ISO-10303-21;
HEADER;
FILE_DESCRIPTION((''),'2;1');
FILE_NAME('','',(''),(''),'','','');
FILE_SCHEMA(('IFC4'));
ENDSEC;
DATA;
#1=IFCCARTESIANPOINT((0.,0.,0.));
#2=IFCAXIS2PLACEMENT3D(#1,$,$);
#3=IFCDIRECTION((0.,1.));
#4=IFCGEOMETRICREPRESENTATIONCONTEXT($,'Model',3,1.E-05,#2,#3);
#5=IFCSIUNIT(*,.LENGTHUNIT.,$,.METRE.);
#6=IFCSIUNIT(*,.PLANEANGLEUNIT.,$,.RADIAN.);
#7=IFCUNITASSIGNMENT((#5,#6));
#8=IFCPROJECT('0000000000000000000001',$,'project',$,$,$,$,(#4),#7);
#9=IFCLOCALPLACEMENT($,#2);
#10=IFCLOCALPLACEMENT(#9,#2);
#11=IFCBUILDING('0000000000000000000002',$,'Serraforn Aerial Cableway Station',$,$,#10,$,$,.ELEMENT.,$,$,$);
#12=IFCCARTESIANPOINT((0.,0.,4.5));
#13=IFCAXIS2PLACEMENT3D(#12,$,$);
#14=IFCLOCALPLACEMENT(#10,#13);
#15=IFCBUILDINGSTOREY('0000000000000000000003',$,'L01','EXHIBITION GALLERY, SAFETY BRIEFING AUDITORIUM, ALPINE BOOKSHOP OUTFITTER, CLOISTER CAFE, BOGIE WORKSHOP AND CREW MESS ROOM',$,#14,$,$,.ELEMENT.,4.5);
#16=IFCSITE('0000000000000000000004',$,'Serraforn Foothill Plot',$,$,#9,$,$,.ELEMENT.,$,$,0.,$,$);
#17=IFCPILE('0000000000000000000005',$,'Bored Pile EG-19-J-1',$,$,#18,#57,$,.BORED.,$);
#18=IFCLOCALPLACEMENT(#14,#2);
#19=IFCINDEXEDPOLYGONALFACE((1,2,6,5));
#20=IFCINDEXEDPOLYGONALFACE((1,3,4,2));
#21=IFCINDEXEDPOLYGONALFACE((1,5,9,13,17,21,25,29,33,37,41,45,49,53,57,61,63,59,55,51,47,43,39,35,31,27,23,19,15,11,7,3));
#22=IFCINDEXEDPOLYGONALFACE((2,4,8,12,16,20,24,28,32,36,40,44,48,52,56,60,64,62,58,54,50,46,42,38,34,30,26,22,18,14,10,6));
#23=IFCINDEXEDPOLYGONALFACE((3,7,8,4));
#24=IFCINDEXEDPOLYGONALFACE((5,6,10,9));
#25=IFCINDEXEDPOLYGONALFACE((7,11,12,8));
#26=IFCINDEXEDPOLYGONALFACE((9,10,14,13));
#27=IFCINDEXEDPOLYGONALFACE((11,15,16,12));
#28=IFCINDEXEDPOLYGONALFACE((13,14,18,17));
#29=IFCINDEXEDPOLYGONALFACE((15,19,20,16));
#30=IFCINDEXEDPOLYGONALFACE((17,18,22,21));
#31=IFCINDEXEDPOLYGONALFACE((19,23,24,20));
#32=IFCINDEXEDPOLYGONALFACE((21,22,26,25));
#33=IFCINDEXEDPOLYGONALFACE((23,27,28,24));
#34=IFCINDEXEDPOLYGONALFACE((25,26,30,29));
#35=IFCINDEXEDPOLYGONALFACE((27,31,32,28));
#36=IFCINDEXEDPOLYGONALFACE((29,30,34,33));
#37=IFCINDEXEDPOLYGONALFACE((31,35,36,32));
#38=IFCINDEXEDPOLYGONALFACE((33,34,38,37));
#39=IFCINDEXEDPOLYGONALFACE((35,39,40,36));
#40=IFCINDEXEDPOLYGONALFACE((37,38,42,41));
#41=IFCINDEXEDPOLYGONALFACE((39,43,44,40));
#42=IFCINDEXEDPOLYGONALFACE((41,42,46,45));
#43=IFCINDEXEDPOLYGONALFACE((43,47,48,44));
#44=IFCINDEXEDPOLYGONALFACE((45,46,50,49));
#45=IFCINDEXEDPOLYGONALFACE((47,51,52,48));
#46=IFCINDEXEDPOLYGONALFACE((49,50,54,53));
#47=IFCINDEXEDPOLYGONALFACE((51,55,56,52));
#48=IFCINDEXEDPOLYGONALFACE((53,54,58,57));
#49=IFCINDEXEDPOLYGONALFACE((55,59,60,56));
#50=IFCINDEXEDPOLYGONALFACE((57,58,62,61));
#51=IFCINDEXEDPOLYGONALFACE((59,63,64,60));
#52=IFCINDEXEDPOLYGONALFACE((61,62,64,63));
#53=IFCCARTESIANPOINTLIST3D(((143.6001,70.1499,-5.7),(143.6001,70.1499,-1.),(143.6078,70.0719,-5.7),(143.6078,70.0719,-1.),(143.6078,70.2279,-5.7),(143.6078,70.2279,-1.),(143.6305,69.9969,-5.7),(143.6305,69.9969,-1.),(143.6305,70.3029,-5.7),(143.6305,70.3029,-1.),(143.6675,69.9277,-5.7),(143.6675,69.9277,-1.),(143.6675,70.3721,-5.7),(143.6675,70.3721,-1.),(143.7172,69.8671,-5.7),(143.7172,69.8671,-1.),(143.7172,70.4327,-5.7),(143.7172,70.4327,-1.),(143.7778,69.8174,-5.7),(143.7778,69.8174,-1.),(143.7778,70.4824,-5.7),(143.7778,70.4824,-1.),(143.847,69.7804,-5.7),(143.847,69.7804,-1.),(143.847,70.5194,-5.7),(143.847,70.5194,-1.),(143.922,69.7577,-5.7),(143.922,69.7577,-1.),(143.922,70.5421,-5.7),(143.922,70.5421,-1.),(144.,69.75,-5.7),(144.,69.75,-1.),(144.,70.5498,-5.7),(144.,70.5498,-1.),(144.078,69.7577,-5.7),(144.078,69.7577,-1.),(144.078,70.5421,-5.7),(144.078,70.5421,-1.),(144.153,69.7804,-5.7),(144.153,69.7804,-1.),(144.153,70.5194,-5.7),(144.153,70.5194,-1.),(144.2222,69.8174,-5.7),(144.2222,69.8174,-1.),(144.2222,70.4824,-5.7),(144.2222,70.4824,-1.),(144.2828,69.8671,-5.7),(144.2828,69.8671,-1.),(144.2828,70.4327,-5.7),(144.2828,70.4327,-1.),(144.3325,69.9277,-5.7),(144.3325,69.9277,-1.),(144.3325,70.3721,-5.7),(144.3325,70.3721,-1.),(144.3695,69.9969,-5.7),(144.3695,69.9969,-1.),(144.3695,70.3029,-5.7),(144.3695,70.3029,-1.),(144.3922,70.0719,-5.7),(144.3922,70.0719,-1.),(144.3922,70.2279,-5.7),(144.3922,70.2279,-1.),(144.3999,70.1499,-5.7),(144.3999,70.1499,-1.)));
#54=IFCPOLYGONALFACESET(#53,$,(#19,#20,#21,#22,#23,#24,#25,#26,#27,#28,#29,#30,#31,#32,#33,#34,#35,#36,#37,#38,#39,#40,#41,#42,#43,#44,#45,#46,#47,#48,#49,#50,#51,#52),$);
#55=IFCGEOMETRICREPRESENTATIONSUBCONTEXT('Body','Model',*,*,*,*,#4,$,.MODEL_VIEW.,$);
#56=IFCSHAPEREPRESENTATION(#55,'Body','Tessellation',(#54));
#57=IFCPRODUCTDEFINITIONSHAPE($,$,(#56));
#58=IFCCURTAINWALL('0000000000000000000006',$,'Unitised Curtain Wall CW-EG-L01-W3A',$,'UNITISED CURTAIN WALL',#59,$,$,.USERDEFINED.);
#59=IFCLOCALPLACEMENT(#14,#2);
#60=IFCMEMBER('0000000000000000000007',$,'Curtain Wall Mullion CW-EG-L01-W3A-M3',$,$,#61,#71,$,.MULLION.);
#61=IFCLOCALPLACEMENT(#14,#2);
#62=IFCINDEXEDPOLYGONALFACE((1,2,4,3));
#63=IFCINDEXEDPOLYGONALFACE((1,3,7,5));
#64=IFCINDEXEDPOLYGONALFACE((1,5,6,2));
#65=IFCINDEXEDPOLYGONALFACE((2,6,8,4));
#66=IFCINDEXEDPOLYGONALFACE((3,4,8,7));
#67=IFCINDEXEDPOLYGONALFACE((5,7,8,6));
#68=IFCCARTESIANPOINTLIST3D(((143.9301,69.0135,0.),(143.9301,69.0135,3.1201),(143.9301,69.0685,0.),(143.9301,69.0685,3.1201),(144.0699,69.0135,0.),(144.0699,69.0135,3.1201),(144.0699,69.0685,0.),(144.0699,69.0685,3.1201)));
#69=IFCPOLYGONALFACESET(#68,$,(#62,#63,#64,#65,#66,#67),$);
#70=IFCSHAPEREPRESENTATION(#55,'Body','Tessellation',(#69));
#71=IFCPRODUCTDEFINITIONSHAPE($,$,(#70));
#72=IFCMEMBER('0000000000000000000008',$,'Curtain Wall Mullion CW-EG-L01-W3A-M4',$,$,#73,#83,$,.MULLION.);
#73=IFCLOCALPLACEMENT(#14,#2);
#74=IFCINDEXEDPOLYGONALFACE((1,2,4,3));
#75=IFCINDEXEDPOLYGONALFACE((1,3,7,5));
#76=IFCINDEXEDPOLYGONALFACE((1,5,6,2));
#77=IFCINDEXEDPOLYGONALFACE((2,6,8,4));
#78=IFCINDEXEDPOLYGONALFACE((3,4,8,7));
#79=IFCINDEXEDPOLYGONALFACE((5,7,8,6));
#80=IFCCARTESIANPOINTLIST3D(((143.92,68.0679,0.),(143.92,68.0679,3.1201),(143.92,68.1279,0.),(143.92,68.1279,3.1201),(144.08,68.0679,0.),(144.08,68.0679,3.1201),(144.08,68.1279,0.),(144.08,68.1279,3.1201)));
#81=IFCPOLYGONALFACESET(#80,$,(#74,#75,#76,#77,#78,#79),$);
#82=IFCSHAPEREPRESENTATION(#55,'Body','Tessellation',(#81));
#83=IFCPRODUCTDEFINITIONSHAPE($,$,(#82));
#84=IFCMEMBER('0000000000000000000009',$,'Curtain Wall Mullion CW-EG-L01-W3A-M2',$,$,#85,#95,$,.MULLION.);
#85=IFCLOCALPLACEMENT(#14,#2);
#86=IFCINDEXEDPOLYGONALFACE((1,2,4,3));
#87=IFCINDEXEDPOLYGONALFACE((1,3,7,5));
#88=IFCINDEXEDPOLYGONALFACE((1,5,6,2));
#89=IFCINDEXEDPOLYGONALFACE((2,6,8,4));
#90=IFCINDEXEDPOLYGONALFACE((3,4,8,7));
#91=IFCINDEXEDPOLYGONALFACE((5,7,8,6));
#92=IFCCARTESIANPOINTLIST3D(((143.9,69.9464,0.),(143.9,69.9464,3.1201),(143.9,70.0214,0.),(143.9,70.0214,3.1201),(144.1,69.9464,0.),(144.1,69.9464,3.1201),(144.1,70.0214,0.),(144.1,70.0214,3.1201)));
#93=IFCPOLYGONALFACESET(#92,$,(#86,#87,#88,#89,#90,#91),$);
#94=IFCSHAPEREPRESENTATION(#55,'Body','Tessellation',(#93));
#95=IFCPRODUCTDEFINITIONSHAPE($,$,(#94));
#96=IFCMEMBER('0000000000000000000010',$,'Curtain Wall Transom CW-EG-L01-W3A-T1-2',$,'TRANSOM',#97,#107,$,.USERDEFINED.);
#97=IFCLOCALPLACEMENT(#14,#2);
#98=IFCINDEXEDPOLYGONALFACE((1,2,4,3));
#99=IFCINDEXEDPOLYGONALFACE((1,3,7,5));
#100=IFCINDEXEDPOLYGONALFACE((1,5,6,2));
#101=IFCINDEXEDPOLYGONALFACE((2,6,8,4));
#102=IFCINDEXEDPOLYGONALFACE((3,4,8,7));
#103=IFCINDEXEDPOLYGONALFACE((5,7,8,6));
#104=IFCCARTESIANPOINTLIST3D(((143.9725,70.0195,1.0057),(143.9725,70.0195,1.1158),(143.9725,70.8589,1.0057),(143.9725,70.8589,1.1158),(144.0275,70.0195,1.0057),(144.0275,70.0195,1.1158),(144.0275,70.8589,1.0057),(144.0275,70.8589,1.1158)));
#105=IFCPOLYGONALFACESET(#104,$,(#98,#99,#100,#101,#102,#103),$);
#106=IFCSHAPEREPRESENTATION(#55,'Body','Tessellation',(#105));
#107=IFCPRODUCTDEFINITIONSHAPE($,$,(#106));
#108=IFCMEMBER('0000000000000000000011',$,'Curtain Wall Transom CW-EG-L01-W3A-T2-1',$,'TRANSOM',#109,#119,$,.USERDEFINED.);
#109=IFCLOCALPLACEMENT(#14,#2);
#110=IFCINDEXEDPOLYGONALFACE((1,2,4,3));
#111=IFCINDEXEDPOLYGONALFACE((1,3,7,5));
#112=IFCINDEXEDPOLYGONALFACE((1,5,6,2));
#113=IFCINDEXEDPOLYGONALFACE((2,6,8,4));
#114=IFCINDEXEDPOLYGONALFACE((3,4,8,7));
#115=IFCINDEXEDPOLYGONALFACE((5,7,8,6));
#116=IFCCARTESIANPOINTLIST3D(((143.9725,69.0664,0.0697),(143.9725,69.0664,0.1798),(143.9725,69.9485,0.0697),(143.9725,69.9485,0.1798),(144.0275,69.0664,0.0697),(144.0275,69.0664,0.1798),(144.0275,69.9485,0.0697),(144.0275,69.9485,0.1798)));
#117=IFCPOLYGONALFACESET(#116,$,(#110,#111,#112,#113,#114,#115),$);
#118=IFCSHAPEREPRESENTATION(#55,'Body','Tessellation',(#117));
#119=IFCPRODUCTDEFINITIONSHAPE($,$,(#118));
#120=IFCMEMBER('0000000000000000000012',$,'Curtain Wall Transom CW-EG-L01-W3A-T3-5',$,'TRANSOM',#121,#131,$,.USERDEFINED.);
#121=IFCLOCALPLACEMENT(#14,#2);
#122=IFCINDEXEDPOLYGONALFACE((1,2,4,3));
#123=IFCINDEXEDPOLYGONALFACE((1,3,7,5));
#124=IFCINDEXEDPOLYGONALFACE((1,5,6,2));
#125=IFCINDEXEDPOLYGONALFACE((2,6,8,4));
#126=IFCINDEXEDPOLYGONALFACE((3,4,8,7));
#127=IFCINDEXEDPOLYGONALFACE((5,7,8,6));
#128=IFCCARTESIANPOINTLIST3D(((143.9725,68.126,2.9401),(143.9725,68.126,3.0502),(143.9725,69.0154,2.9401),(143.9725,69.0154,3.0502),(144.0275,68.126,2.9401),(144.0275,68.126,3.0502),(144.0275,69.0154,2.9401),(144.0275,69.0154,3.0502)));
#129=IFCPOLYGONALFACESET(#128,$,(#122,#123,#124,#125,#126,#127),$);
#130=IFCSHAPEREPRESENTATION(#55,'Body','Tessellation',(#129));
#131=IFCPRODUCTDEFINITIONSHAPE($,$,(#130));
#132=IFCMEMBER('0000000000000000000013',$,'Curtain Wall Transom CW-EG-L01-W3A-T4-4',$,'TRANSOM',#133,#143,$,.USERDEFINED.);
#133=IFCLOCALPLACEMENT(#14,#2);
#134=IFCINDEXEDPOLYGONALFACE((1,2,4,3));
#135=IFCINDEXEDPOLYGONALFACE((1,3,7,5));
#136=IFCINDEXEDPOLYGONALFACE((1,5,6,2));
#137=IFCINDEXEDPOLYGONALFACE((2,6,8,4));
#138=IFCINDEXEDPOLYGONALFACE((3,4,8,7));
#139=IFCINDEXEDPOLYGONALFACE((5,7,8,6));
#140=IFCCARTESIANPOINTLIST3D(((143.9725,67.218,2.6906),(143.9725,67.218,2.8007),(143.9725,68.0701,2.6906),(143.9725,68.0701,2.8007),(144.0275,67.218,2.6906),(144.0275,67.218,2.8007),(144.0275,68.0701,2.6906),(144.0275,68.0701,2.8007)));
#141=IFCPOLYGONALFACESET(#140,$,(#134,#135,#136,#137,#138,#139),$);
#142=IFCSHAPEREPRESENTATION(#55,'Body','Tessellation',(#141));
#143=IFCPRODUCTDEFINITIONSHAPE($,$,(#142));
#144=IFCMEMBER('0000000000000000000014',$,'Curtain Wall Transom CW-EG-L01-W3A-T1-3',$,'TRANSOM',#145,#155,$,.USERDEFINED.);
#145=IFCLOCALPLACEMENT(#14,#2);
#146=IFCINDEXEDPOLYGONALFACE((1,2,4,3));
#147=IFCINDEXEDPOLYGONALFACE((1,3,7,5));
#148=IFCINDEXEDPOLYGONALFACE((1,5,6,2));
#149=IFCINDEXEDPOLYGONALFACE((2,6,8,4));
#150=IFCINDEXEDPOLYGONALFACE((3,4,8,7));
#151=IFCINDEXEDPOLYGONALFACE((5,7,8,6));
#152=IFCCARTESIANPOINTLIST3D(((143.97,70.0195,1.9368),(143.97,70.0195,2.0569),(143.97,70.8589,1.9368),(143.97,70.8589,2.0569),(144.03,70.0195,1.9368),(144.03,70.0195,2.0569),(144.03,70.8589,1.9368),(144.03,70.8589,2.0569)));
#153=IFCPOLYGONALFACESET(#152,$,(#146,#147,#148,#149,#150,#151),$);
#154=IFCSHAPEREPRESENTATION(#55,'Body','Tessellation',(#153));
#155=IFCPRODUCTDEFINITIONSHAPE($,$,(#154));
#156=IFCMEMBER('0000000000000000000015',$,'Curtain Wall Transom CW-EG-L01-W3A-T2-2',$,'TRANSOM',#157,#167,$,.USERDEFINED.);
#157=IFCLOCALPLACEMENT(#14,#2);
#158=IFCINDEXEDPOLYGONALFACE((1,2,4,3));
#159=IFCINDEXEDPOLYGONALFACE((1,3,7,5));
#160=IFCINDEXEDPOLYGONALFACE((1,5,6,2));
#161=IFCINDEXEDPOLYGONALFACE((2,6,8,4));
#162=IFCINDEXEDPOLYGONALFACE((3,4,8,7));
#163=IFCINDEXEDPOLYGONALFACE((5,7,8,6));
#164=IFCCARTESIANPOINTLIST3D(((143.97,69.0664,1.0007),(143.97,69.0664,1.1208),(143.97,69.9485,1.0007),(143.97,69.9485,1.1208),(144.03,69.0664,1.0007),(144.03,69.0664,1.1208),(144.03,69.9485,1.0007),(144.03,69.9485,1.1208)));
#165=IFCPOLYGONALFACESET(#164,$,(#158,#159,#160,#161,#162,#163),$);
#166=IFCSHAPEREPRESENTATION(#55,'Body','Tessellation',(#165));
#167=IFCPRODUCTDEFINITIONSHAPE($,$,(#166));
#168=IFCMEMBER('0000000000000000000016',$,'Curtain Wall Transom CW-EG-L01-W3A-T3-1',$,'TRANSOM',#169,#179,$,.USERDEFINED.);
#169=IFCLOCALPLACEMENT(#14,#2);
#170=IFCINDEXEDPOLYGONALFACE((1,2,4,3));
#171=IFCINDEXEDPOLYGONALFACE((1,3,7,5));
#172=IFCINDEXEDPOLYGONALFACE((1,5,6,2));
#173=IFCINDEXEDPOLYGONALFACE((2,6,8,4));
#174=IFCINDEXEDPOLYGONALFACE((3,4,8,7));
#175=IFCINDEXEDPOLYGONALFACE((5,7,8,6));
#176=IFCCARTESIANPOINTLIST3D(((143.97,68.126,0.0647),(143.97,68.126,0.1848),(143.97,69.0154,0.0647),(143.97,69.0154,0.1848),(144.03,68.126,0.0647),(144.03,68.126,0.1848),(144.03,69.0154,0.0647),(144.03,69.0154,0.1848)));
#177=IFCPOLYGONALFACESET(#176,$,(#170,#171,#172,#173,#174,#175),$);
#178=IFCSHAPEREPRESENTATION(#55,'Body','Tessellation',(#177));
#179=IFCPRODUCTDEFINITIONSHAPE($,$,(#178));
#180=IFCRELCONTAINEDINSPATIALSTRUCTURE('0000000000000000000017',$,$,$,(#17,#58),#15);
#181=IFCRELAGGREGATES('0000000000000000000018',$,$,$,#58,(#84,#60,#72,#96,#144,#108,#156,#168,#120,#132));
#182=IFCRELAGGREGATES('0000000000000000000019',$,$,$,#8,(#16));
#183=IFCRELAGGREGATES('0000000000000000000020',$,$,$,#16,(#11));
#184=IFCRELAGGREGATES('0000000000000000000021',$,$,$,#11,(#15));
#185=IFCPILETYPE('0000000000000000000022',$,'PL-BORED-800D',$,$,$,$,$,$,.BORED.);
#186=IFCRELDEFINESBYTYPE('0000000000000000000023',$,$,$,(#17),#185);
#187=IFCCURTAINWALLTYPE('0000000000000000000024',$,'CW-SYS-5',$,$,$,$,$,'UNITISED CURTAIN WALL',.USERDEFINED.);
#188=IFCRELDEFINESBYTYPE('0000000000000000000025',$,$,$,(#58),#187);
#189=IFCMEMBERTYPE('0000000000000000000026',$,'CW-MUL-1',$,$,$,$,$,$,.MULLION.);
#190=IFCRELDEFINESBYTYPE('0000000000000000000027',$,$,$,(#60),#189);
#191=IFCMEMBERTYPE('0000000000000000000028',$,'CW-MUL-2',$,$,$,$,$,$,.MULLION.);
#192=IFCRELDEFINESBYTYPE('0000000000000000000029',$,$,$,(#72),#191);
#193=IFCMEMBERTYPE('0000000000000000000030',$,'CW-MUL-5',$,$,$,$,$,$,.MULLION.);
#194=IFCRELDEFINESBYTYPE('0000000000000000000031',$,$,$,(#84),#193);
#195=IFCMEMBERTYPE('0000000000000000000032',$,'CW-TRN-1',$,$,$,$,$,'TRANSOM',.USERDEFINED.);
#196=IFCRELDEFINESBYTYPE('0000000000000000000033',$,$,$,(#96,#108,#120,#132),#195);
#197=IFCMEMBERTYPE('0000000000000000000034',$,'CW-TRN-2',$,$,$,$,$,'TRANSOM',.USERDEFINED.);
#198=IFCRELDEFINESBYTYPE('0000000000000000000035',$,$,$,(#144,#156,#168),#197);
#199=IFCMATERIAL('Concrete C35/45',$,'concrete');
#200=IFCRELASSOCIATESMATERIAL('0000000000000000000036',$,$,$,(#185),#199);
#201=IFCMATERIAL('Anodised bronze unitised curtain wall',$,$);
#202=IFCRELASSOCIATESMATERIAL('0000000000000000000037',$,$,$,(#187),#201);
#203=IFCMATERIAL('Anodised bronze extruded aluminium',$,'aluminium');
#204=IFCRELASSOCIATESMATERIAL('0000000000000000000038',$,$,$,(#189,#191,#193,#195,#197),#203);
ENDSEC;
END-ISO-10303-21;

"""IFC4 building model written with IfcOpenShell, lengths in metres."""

from ifc_helpers import new_model, si_unit, direction, frame, origin, origin_2d, place, context, subcontext, project, spatial, rectangle, circle, extrude, material, material_profile, profile_set, type_object, element, aggregate, save


model = new_model("IFC4")

# Units and contexts
model_context = context("Model", 3, precision=1e-05, world=origin(), true_north=direction((0.0, 1.0)))
body_context = subcontext(model_context, "Body", "Model", "MODEL_VIEW")
ifc_project = project(units=[si_unit("LENGTHUNIT", "METRE"), si_unit("PLANEANGLEUNIT", "RADIAN")], contexts=[model_context])

# Site, building, storey
site_placement = place(None, origin())
site = spatial("IfcSite", under=ifc_project, at=site_placement, Name="Serraforn Foothill Plot", CompositionType="ELEMENT", RefElevation=0.0)
building_placement = place(site_placement, origin())
building = spatial("IfcBuilding", under=site, at=building_placement, Name="Serraforn Aerial Cableway Station", CompositionType="ELEMENT")
storey_placement = place(building_placement, frame((0.0, 0.0, 4.5)))
storey = spatial("IfcBuildingStorey", under=building, at=storey_placement, Name="L01", Description="EXHIBITION GALLERY, SAFETY BRIEFING AUDITORIUM, ALPINE BOOKSHOP OUTFITTER, CLOISTER CAFE, BOGIE WORKSHOP AND CREW MESS ROOM", CompositionType="ELEMENT", Elevation=4.5)

# Pile
ifc_material_1 = material(Name="Concrete C35/45", Category="concrete")
ifc_material_profile_1 = material_profile(ifc_material_1, circle(Radius=0.3999, at=origin_2d()), Name="BORED PILE D800")
ifc_profile_set_1 = profile_set([ifc_material_profile_1], Name="Concrete C35/45")
pile_type = type_object("IfcPileType", Name="PL-BORED-800D", PredefinedType="BORED", material=ifc_profile_set_1)
pile_placement = place(storey_placement, frame((144.0, 70.1499, -1.0), z_axis=(0.0, 0.0, -1.0), x_axis=(1.0, 0.0, 0.0)))
element("IfcPile", 1, at=pile_placement, inside=storey, type_object=pile_type, Name="Bored Pile EG-19-J-1", PredefinedType="BORED", context=body_context, shape_type="SweptSolid", body=[
    extrude(circle(Radius=0.3999, at=origin_2d()), origin(), (0.0, 0.0, 1.0), 4.7),
])

# Curtain wall, members
ifc_material_2 = material(Name="Anodised bronze unitised curtain wall")
curtain_wall_type = type_object("IfcCurtainWallType", Name="CW-SYS-5", ElementType="UNITISED CURTAIN WALL", PredefinedType="USERDEFINED", material=ifc_material_2)
curtain_wall_placement = place(storey_placement, origin())
curtain_wall = element("IfcCurtainWall", 2, at=curtain_wall_placement, inside=storey, type_object=curtain_wall_type, Name="Unitised Curtain Wall CW-EG-L01-W3A", ObjectType="UNITISED CURTAIN WALL", PredefinedType="USERDEFINED")
ifc_material_3 = material(Name="Anodised bronze extruded aluminium", Category="aluminium")
ifc_material_profile_2 = material_profile(ifc_material_3, rectangle(XDim=0.0549, YDim=0.1399, at=origin_2d()), Name="CW MULLION 55x140")
ifc_profile_set_2 = profile_set([ifc_material_profile_2], Name="Anodised bronze extruded aluminium")
member_type_1 = type_object("IfcMemberType", Name="CW-MUL-1", PredefinedType="MULLION", material=ifc_profile_set_2)
member_1_placement = place(storey_placement, frame((144.0, 69.041, 0.0), z_axis=(0.0, 0.0, 1.0), x_axis=(0.0, -1.0, 0.0)))
member_1 = element("IfcMember", 3, at=member_1_placement, type_object=member_type_1, Name="Curtain Wall Mullion CW-EG-L01-W3A-M3", PredefinedType="MULLION", context=body_context, shape_type="SweptSolid", body=[
    extrude(rectangle(XDim=0.0549, YDim=0.1399, at=origin_2d()), origin(), (0.0, 0.0, 1.0), 3.1201),
])
ifc_material_profile_3 = material_profile(ifc_material_3, rectangle(XDim=0.0601, YDim=0.1599, at=origin_2d()), Name="CW MULLION 60x160")
ifc_profile_set_3 = profile_set([ifc_material_profile_3], Name="Anodised bronze extruded aluminium")
member_type_2 = type_object("IfcMemberType", Name="CW-MUL-2", PredefinedType="MULLION", material=ifc_profile_set_3)
member_2_placement = place(storey_placement, frame((144.0, 68.0979, 0.0), z_axis=(0.0, 0.0, 1.0), x_axis=(0.0, -1.0, 0.0)))
member_2 = element("IfcMember", 4, at=member_2_placement, type_object=member_type_2, Name="Curtain Wall Mullion CW-EG-L01-W3A-M4", PredefinedType="MULLION", context=body_context, shape_type="SweptSolid", body=[
    extrude(rectangle(XDim=0.0601, YDim=0.1599, at=origin_2d()), origin(), (0.0, 0.0, 1.0), 3.1201),
])
ifc_material_profile_4 = material_profile(ifc_material_3, rectangle(XDim=0.075, YDim=0.2, at=origin_2d()), Name="CW MULLION 75x200")
ifc_profile_set_4 = profile_set([ifc_material_profile_4], Name="Anodised bronze extruded aluminium")
member_type_3 = type_object("IfcMemberType", Name="CW-MUL-5", PredefinedType="MULLION", material=ifc_profile_set_4)
member_3_placement = place(storey_placement, frame((144.0, 69.9839, 0.0), z_axis=(0.0, 0.0, 1.0), x_axis=(0.0, -1.0, 0.0)))
member_3 = element("IfcMember", 5, at=member_3_placement, type_object=member_type_3, Name="Curtain Wall Mullion CW-EG-L01-W3A-M2", PredefinedType="MULLION", context=body_context, shape_type="SweptSolid", body=[
    extrude(rectangle(XDim=0.075, YDim=0.2, at=origin_2d()), origin(), (0.0, 0.0, 1.0), 3.1201),
])
ifc_material_profile_5 = material_profile(ifc_material_3, rectangle(XDim=0.0549, YDim=0.1101, at=origin_2d()), Name="CW TRANSOM 55x110")
ifc_profile_set_5 = profile_set([ifc_material_profile_5], Name="Anodised bronze extruded aluminium")
member_type_4 = type_object("IfcMemberType", Name="CW-TRN-1", ElementType="TRANSOM", PredefinedType="USERDEFINED", material=ifc_profile_set_5)
member_4_placement = place(storey_placement, frame((144.0, 70.8589, 1.0608), z_axis=(0.0, -1.0, 0.0), x_axis=(1.0, 0.0, 0.0)))
member_4 = element("IfcMember", 6, at=member_4_placement, type_object=member_type_4, Name="Curtain Wall Transom CW-EG-L01-W3A-T1-2", ObjectType="TRANSOM", PredefinedType="USERDEFINED", context=body_context, shape_type="SweptSolid", body=[
    extrude(rectangle(XDim=0.0549, YDim=0.1101, at=origin_2d()), origin(), (0.0, 0.0, 1.0), 0.8394),
])
member_5_placement = place(storey_placement, frame((144.0, 69.9485, 0.1248), z_axis=(0.0, -1.0, 0.0), x_axis=(1.0, 0.0, 0.0)))
member_5 = element("IfcMember", 7, at=member_5_placement, type_object=member_type_4, Name="Curtain Wall Transom CW-EG-L01-W3A-T2-1", ObjectType="TRANSOM", PredefinedType="USERDEFINED", context=body_context, shape_type="SweptSolid", body=[
    extrude(rectangle(XDim=0.0549, YDim=0.1101, at=origin_2d()), origin(), (0.0, 0.0, 1.0), 0.8821),
])
member_6_placement = place(storey_placement, frame((144.0, 69.0154, 2.9951), z_axis=(0.0, -1.0, 0.0), x_axis=(1.0, 0.0, 0.0)))
member_6 = element("IfcMember", 8, at=member_6_placement, type_object=member_type_4, Name="Curtain Wall Transom CW-EG-L01-W3A-T3-5", ObjectType="TRANSOM", PredefinedType="USERDEFINED", context=body_context, shape_type="SweptSolid", body=[
    extrude(rectangle(XDim=0.0549, YDim=0.1101, at=origin_2d()), origin(), (0.0, 0.0, 1.0), 0.8894),
])
member_7_placement = place(storey_placement, frame((144.0, 68.0701, 2.7456), z_axis=(0.0, -1.0, 0.0), x_axis=(1.0, 0.0, 0.0)))
member_7 = element("IfcMember", 9, at=member_7_placement, type_object=member_type_4, Name="Curtain Wall Transom CW-EG-L01-W3A-T4-4", ObjectType="TRANSOM", PredefinedType="USERDEFINED", context=body_context, shape_type="SweptSolid", body=[
    extrude(rectangle(XDim=0.0549, YDim=0.1101, at=origin_2d()), origin(), (0.0, 0.0, 1.0), 0.8521),
])
ifc_material_profile_6 = material_profile(ifc_material_3, rectangle(XDim=0.0601, YDim=0.1201, at=origin_2d()), Name="CW TRANSOM 60x120")
ifc_profile_set_6 = profile_set([ifc_material_profile_6], Name="Anodised bronze extruded aluminium")
member_type_5 = type_object("IfcMemberType", Name="CW-TRN-2", ElementType="TRANSOM", PredefinedType="USERDEFINED", material=ifc_profile_set_6)
member_8_placement = place(storey_placement, frame((144.0, 70.8589, 1.9968), z_axis=(0.0, -1.0, 0.0), x_axis=(1.0, 0.0, 0.0)))
member_8 = element("IfcMember", 10, at=member_8_placement, type_object=member_type_5, Name="Curtain Wall Transom CW-EG-L01-W3A-T1-3", ObjectType="TRANSOM", PredefinedType="USERDEFINED", context=body_context, shape_type="SweptSolid", body=[
    extrude(rectangle(XDim=0.0601, YDim=0.1201, at=origin_2d()), origin(), (0.0, 0.0, 1.0), 0.8394),
])
member_9_placement = place(storey_placement, frame((144.0, 69.9485, 1.0608), z_axis=(0.0, -1.0, 0.0), x_axis=(1.0, 0.0, 0.0)))
member_9 = element("IfcMember", 11, at=member_9_placement, type_object=member_type_5, Name="Curtain Wall Transom CW-EG-L01-W3A-T2-2", ObjectType="TRANSOM", PredefinedType="USERDEFINED", context=body_context, shape_type="SweptSolid", body=[
    extrude(rectangle(XDim=0.0601, YDim=0.1201, at=origin_2d()), origin(), (0.0, 0.0, 1.0), 0.8821),
])
member_10_placement = place(storey_placement, frame((144.0, 69.0154, 0.1248), z_axis=(0.0, -1.0, 0.0), x_axis=(1.0, 0.0, 0.0)))
member_10 = element("IfcMember", 12, at=member_10_placement, type_object=member_type_5, Name="Curtain Wall Transom CW-EG-L01-W3A-T3-1", ObjectType="TRANSOM", PredefinedType="USERDEFINED", context=body_context, shape_type="SweptSolid", body=[
    extrude(rectangle(XDim=0.0601, YDim=0.1201, at=origin_2d()), origin(), (0.0, 0.0, 1.0), 0.8894),
])
aggregate(curtain_wall, [member_3, member_1, member_2, member_4, member_8, member_5, member_9, member_10, member_6, member_7])

save(model, "model.ifc")
